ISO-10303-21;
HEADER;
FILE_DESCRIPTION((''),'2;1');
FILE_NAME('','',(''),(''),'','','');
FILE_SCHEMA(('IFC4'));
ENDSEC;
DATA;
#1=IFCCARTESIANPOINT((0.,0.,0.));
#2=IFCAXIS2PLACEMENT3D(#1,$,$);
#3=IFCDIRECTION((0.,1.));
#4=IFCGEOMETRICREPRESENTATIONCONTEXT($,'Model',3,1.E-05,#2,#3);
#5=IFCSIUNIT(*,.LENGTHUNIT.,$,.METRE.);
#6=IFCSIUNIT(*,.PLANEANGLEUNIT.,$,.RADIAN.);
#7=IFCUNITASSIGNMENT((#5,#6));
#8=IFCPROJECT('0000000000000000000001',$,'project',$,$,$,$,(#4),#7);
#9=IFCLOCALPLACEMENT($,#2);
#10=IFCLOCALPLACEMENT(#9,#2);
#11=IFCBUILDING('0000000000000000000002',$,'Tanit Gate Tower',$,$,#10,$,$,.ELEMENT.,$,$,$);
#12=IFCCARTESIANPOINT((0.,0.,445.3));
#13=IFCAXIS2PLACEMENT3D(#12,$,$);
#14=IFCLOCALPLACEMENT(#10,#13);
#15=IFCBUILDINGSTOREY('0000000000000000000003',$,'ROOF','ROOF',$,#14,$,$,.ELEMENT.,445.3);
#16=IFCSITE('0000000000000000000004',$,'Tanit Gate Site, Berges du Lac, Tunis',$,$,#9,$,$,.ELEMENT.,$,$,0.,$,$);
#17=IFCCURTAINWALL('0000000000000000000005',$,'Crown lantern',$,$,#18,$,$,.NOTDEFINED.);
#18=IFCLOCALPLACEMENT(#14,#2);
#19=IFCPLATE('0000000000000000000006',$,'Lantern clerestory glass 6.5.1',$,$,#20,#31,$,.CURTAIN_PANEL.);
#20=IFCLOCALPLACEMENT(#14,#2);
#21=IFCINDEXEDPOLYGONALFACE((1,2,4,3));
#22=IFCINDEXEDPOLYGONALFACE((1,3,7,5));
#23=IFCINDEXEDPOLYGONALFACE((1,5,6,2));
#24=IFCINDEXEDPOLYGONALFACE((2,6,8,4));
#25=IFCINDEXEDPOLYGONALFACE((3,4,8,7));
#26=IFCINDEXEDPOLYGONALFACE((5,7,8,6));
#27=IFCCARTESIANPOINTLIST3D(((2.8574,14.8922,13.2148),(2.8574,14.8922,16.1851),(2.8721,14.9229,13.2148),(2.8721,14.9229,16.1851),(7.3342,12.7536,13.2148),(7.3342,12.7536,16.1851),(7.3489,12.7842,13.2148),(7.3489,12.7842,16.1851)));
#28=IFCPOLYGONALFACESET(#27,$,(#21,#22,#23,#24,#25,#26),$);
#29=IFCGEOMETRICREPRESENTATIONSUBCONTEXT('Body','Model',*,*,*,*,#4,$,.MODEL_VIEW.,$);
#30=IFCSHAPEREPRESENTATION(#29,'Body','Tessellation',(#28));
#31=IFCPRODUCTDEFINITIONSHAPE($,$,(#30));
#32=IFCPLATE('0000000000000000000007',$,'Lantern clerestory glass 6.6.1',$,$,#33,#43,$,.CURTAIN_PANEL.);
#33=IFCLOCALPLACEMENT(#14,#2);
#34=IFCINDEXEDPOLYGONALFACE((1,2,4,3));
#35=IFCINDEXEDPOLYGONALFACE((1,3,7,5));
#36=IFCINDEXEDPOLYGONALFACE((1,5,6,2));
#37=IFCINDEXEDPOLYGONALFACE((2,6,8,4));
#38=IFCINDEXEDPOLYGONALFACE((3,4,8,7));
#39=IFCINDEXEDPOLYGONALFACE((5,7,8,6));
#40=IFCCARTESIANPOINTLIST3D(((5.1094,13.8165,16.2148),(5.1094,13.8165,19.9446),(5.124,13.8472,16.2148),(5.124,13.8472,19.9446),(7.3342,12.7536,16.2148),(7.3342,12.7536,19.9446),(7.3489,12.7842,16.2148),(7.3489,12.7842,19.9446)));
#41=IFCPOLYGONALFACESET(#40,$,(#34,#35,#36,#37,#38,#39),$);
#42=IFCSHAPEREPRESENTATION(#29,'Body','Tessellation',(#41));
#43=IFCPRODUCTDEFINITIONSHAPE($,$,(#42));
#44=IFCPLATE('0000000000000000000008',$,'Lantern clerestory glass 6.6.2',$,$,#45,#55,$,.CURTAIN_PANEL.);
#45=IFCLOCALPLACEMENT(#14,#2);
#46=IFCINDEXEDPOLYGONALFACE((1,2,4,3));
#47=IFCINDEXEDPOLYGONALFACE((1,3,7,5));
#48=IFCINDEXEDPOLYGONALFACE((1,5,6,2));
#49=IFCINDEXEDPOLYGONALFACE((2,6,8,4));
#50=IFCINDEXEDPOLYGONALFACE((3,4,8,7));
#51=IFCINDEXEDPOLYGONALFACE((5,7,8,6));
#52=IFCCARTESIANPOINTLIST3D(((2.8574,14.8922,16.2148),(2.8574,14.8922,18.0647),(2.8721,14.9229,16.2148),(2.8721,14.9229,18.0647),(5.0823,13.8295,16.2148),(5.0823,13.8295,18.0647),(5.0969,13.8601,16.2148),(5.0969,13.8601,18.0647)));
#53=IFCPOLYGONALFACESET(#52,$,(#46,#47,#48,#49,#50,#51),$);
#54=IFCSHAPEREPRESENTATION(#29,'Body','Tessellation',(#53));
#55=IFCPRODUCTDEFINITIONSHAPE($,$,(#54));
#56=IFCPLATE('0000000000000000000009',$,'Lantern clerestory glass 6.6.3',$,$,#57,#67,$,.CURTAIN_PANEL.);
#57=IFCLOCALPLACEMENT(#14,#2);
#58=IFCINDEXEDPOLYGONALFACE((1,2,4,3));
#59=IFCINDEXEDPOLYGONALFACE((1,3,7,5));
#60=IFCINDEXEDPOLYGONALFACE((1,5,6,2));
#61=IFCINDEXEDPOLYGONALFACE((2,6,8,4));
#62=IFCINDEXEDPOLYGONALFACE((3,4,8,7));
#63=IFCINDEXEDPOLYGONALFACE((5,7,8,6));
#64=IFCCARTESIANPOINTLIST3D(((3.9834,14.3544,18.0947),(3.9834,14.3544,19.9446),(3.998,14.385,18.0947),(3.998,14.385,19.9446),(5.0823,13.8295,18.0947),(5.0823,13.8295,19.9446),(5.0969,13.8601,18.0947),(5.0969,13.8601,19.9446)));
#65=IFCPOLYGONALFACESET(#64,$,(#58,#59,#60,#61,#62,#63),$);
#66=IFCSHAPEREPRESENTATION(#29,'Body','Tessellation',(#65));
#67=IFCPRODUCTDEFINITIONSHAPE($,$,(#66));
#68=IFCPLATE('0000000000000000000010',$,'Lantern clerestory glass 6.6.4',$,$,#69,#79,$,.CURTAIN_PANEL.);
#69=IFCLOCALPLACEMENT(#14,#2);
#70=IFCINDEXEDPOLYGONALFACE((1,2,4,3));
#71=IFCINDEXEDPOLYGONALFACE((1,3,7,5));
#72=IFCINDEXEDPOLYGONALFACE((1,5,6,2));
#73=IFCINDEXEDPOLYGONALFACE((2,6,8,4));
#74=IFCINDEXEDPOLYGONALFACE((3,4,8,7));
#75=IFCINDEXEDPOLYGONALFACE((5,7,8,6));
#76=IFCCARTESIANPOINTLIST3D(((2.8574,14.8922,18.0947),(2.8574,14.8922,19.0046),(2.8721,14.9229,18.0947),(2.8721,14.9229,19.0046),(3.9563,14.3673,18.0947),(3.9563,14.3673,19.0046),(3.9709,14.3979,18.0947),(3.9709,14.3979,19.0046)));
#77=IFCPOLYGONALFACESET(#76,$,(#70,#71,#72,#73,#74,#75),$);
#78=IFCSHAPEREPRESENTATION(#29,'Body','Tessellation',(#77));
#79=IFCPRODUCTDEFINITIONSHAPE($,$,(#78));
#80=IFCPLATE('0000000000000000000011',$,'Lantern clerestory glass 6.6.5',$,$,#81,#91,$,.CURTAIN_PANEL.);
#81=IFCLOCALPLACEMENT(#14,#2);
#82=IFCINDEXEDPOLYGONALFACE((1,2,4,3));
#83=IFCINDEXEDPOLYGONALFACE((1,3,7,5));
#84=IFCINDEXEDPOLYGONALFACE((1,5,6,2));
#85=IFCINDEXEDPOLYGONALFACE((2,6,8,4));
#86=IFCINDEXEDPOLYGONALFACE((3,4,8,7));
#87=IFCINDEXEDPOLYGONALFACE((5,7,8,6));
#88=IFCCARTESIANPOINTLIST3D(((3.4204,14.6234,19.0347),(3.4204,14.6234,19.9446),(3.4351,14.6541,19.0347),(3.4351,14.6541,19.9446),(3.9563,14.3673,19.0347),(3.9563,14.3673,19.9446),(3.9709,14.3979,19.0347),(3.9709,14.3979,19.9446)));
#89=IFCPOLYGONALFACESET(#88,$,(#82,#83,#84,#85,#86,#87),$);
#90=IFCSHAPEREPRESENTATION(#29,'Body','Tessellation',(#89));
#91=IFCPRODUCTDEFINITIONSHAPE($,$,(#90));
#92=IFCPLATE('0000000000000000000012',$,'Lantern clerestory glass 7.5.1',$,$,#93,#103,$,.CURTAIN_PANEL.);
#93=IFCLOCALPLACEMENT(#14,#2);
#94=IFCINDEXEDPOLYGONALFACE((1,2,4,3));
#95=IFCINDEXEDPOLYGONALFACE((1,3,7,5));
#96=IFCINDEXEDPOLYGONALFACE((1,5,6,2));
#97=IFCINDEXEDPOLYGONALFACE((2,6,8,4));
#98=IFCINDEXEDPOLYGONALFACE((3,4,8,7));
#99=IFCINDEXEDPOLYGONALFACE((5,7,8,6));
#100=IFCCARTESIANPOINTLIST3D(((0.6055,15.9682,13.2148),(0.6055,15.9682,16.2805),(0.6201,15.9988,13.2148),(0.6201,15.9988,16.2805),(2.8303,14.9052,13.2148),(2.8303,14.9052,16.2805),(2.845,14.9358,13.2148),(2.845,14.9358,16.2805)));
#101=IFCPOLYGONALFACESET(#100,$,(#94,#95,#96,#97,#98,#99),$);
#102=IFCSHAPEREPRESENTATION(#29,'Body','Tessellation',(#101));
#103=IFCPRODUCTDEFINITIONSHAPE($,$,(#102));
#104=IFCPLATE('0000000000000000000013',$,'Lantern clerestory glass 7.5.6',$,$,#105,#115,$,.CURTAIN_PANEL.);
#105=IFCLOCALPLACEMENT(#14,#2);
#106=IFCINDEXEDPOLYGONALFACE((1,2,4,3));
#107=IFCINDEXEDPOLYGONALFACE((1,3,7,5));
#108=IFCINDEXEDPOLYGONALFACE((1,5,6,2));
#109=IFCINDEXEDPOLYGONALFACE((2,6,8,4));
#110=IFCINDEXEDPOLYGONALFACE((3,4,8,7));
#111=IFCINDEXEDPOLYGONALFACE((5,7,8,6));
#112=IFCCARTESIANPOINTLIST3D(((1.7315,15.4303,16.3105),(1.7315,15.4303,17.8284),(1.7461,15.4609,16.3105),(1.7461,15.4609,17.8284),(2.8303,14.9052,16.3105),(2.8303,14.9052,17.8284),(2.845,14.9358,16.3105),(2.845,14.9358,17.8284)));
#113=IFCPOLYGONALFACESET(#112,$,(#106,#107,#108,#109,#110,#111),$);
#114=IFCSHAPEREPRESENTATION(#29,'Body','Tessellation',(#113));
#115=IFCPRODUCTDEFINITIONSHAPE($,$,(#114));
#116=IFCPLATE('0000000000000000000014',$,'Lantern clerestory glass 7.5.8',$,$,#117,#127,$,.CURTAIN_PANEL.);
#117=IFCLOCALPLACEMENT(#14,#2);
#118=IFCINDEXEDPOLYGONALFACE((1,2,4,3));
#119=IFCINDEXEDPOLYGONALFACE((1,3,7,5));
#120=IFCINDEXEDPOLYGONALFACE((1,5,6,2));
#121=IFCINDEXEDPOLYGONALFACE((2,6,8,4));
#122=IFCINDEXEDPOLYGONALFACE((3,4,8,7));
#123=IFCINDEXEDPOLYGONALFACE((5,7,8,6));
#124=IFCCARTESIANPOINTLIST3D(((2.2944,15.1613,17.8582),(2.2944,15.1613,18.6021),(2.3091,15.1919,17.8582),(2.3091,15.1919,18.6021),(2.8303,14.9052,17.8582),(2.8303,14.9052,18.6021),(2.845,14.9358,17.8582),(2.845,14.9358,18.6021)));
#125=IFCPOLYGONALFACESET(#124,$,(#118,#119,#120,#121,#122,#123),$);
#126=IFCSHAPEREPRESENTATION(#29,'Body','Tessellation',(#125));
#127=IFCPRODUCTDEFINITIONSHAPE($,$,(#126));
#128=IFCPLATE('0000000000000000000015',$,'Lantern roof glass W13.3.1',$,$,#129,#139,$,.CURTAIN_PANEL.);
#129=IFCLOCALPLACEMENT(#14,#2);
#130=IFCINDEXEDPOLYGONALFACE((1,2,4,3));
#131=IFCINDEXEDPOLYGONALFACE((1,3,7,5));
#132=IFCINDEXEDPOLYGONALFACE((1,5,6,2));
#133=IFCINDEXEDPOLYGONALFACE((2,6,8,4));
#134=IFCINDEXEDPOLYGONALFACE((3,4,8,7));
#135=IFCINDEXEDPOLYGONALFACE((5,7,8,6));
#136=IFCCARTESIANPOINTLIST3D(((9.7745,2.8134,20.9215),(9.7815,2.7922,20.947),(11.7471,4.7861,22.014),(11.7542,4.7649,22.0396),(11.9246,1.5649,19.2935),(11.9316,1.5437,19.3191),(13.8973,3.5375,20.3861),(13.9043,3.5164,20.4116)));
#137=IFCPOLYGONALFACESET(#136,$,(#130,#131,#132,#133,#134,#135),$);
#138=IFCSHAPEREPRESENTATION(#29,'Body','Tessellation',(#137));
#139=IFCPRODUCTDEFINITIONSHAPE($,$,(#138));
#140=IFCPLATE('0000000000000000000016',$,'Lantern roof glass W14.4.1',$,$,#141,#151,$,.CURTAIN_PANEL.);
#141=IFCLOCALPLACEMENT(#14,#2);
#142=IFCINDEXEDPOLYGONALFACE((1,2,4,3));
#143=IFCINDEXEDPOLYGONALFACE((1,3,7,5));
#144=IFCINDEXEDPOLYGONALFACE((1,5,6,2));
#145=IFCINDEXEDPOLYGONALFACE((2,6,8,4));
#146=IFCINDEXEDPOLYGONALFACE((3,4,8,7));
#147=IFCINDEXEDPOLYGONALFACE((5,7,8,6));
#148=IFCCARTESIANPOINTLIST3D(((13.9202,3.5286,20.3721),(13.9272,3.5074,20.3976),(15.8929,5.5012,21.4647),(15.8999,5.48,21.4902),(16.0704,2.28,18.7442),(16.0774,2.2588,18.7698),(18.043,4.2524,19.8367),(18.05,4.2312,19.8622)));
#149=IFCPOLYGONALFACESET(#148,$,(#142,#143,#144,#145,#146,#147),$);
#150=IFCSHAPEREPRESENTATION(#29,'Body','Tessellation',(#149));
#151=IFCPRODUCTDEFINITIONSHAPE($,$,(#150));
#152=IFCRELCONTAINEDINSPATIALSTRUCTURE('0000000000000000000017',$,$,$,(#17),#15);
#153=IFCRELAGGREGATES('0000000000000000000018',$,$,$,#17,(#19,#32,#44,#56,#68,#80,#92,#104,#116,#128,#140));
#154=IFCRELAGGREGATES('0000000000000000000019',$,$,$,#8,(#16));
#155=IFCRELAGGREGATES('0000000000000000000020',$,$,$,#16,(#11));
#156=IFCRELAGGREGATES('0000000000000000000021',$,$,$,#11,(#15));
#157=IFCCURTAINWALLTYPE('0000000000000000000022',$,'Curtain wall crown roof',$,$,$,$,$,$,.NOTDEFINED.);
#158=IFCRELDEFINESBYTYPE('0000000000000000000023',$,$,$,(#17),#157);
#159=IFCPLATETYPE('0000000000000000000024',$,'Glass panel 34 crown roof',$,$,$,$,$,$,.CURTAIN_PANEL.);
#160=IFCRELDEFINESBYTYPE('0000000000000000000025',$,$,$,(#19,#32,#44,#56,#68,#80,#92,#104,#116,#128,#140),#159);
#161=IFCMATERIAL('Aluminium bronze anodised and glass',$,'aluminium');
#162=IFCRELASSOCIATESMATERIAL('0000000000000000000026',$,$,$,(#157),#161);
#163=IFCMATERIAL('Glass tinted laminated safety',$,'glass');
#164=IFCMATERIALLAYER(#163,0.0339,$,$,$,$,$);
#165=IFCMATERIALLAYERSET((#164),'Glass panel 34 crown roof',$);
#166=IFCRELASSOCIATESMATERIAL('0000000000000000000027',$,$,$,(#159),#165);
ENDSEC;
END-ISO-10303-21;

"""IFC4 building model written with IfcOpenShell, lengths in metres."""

from ifc_helpers import new_model, si_unit, direction, frame, origin, place, context, subcontext, project, spatial, polyline, outline, extrude, material, layer, layer_set, type_object, element, aggregate, save


model = new_model("IFC4")

# Units and contexts
model_context = context("Model", 3, precision=1e-05, world=origin(), true_north=direction((0.0, 1.0)))
body_context = subcontext(model_context, "Body", "Model", "MODEL_VIEW")
ifc_project = project(units=[si_unit("LENGTHUNIT", "METRE"), si_unit("PLANEANGLEUNIT", "RADIAN")], contexts=[model_context])

# Site, building, storey
site_placement = place(None, origin())
site = spatial("IfcSite", under=ifc_project, at=site_placement, Name="Tanit Gate Site, Berges du Lac, Tunis", CompositionType="ELEMENT", RefElevation=0.0)
building_placement = place(site_placement, origin())
building = spatial("IfcBuilding", under=site, at=building_placement, Name="Tanit Gate Tower", CompositionType="ELEMENT")
storey_placement = place(building_placement, frame((0.0, 0.0, 445.3)))
storey = spatial("IfcBuildingStorey", under=building, at=storey_placement, Name="ROOF", Description="ROOF", CompositionType="ELEMENT", Elevation=445.3)

# Curtain wall, plates
ifc_material_1 = material(Name="Aluminium bronze anodised and glass", Category="aluminium")
curtain_wall_type = type_object("IfcCurtainWallType", Name="Curtain wall crown roof", PredefinedType="NOTDEFINED", material=ifc_material_1)
curtain_wall_placement = place(storey_placement, origin())
curtain_wall = element("IfcCurtainWall", 1, at=curtain_wall_placement, inside=storey, type_object=curtain_wall_type, Name="Crown lantern", PredefinedType="NOTDEFINED")
ifc_material_2 = material(Name="Glass tinted laminated safety", Category="glass")
ifc_layer = layer(ifc_material_2, 0.0339)
ifc_layer_set = layer_set([ifc_layer], Name="Glass panel 34 crown roof")
plate_type = type_object("IfcPlateType", Name="Glass panel 34 crown roof", PredefinedType="CURTAIN_PANEL", material=ifc_layer_set)
plate_1_placement = place(storey_placement, frame((7.3489, 12.7842, 13.2148), z_axis=(0.43106, 0.902323, 0.0), x_axis=(-0.902323, 0.43106, 0.0)))
plate_1 = element("IfcPlate", 2, at=plate_1_placement, type_object=plate_type, Name="Lantern clerestory glass 6.5.1", PredefinedType="CURTAIN_PANEL", context=body_context, shape_type="SweptSolid", body=[
    extrude(outline(polyline([(0.0, 0.0), (4.9614, 0.0), (4.9614, 2.9702), (0.0, 2.9702), (0.0, 0.0)])), origin(), (0.0, 0.0, -1.0), 0.0339),
])
plate_2_placement = place(storey_placement, frame((7.3489, 12.7842, 16.2148), z_axis=(0.431102, 0.902303, 0.0), x_axis=(-0.902303, 0.431102, 0.0)))
plate_2 = element("IfcPlate", 3, at=plate_2_placement, type_object=plate_type, Name="Lantern clerestory glass 6.6.1", PredefinedType="CURTAIN_PANEL", context=body_context, shape_type="SweptSolid", body=[
    extrude(outline(polyline([(0.0, 0.0), (2.4657, 0.0), (2.4657, 3.7297), (0.0, 3.7297), (0.0, 0.0)])), origin(), (0.0, 0.0, -1.0), 0.0339),
])
plate_3_placement = place(storey_placement, frame((5.0969, 13.8601, 16.2148), z_axis=(0.431021, 0.902342, 0.0), x_axis=(-0.902342, 0.431021, 0.0)))
plate_3 = element("IfcPlate", 4, at=plate_3_placement, type_object=plate_type, Name="Lantern clerestory glass 6.6.2", PredefinedType="CURTAIN_PANEL", context=body_context, shape_type="SweptSolid", body=[
    extrude(outline(polyline([(0.0, 0.0), (2.4656, 0.0), (2.4656, 1.8499), (0.0, 1.8499), (0.0, 0.0)])), origin(), (0.0, 0.0, -1.0), 0.0339),
])
plate_4_placement = place(storey_placement, frame((5.0969, 13.8601, 18.0947), z_axis=(0.431023, 0.902341, 0.0), x_axis=(-0.902341, 0.431023, 0.0)))
plate_4 = element("IfcPlate", 5, at=plate_4_placement, type_object=plate_type, Name="Lantern clerestory glass 6.6.3", PredefinedType="CURTAIN_PANEL", context=body_context, shape_type="SweptSolid", body=[
    extrude(outline(polyline([(0.0, 0.0), (1.2178, 0.0), (1.2178, 1.8499), (0.0, 1.8499), (0.0, 0.0)])), origin(), (0.0, 0.0, -1.0), 0.0339),
])
plate_5_placement = place(storey_placement, frame((3.9709, 14.3979, 18.0947), z_axis=(0.431023, 0.902341, 0.0), x_axis=(-0.902341, 0.431023, 0.0)))
plate_5 = element("IfcPlate", 6, at=plate_5_placement, type_object=plate_type, Name="Lantern clerestory glass 6.6.4", PredefinedType="CURTAIN_PANEL", context=body_context, shape_type="SweptSolid", body=[
    extrude(outline(polyline([(0.0, 0.0), (1.2178, 0.0), (1.2178, 0.9099), (0.0, 0.9099), (0.0, 0.0)])), origin(), (0.0, 0.0, -1.0), 0.0339),
])
plate_6_placement = place(storey_placement, frame((3.9709, 14.3979, 19.0347), z_axis=(0.431194, 0.902259, 0.0), x_axis=(-0.902259, 0.431194, 0.0)))
plate_6 = element("IfcPlate", 7, at=plate_6_placement, type_object=plate_type, Name="Lantern clerestory glass 6.6.5", PredefinedType="CURTAIN_PANEL", context=body_context, shape_type="SweptSolid", body=[
    extrude(outline(polyline([(0.0, 0.0), (0.5939, 0.0), (0.5939, 0.9099), (0.0, 0.9099), (0.0, 0.0)])), origin(), (0.0, 0.0, -1.0), 0.0339),
])
plate_7_placement = place(storey_placement, frame((2.845, 14.9358, 13.2148), z_axis=(0.431102, 0.902303, 0.0), x_axis=(-0.902303, 0.431102, 0.0)))
plate_7 = element("IfcPlate", 8, at=plate_7_placement, type_object=plate_type, Name="Lantern clerestory glass 7.5.1", PredefinedType="CURTAIN_PANEL", context=body_context, shape_type="SweptSolid", body=[
    extrude(outline(polyline([(0.0, 0.0), (2.4657, 0.0), (2.4657, 3.0657), (0.0, 3.0657), (0.0, 0.0)])), origin(), (0.0, 0.0, -1.0), 0.0339),
])
plate_8_placement = place(storey_placement, frame((2.845, 14.9358, 16.3105), z_axis=(0.431186, 0.902263, 0.0), x_axis=(-0.902263, 0.431186, 0.0)))
plate_8 = element("IfcPlate", 9, at=plate_8_placement, type_object=plate_type, Name="Lantern clerestory glass 7.5.6", PredefinedType="CURTAIN_PANEL", context=body_context, shape_type="SweptSolid", body=[
    extrude(outline(polyline([(0.0, 0.0), (1.2179, 0.0), (1.2179, 1.5178), (0.0, 1.5178), (0.0, 0.0)])), origin(), (0.0, 0.0, -1.0), 0.0339),
])
plate_9_placement = place(storey_placement, frame((2.845, 14.9358, 17.8582), z_axis=(0.431194, 0.902259, 0.0), x_axis=(-0.902259, 0.431194, 0.0)))
plate_9 = element("IfcPlate", 10, at=plate_9_placement, type_object=plate_type, Name="Lantern clerestory glass 7.5.8", PredefinedType="CURTAIN_PANEL", context=body_context, shape_type="SweptSolid", body=[
    extrude(outline(polyline([(0.0, 0.0), (0.5939, 0.0), (0.5939, 0.7439), (0.0, 0.7439), (0.0, 0.0)])), origin(), (0.0, 0.0, -1.0), 0.0339),
])
plate_10_placement = place(storey_placement, frame((11.9316, 1.5437, 19.3191), z_axis=(0.207468, -0.624492, 0.752972), x_axis=(0.658417, 0.658417, 0.364656)))
plate_10 = element("IfcPlate", 11, at=plate_10_placement, type_object=plate_type, Name="Lantern roof glass W13.3.1", PredefinedType="CURTAIN_PANEL", context=body_context, shape_type="SweptSolid", body=[
    extrude(outline(polyline([(0.0, 0.0), (2.9961, 0.0), (2.9961, 2.9719), (0.0, 2.9719), (0.0, 0.0)])), origin(), (0.0, 0.0, -1.0), 0.0339),
])
plate_11_placement = place(storey_placement, frame((16.0774, 2.2588, 18.7698), z_axis=(0.207433, -0.624498, 0.752977), x_axis=(0.658447, 0.658387, 0.364656)))
plate_11 = element("IfcPlate", 12, at=plate_11_placement, type_object=plate_type, Name="Lantern roof glass W14.4.1", PredefinedType="CURTAIN_PANEL", context=body_context, shape_type="SweptSolid", body=[
    extrude(outline(polyline([(0.0, 0.0), (2.9959, 0.0), (2.996, 2.972), (-0.0001, 2.9719), (0.0, 0.0)])), origin(), (0.0, 0.0, -1.0), 0.0339),
])
aggregate(curtain_wall, [plate_1, plate_2, plate_3, plate_4, plate_5, plate_6, plate_7, plate_8, plate_9, plate_10, plate_11])

save(model, "model.ifc")
